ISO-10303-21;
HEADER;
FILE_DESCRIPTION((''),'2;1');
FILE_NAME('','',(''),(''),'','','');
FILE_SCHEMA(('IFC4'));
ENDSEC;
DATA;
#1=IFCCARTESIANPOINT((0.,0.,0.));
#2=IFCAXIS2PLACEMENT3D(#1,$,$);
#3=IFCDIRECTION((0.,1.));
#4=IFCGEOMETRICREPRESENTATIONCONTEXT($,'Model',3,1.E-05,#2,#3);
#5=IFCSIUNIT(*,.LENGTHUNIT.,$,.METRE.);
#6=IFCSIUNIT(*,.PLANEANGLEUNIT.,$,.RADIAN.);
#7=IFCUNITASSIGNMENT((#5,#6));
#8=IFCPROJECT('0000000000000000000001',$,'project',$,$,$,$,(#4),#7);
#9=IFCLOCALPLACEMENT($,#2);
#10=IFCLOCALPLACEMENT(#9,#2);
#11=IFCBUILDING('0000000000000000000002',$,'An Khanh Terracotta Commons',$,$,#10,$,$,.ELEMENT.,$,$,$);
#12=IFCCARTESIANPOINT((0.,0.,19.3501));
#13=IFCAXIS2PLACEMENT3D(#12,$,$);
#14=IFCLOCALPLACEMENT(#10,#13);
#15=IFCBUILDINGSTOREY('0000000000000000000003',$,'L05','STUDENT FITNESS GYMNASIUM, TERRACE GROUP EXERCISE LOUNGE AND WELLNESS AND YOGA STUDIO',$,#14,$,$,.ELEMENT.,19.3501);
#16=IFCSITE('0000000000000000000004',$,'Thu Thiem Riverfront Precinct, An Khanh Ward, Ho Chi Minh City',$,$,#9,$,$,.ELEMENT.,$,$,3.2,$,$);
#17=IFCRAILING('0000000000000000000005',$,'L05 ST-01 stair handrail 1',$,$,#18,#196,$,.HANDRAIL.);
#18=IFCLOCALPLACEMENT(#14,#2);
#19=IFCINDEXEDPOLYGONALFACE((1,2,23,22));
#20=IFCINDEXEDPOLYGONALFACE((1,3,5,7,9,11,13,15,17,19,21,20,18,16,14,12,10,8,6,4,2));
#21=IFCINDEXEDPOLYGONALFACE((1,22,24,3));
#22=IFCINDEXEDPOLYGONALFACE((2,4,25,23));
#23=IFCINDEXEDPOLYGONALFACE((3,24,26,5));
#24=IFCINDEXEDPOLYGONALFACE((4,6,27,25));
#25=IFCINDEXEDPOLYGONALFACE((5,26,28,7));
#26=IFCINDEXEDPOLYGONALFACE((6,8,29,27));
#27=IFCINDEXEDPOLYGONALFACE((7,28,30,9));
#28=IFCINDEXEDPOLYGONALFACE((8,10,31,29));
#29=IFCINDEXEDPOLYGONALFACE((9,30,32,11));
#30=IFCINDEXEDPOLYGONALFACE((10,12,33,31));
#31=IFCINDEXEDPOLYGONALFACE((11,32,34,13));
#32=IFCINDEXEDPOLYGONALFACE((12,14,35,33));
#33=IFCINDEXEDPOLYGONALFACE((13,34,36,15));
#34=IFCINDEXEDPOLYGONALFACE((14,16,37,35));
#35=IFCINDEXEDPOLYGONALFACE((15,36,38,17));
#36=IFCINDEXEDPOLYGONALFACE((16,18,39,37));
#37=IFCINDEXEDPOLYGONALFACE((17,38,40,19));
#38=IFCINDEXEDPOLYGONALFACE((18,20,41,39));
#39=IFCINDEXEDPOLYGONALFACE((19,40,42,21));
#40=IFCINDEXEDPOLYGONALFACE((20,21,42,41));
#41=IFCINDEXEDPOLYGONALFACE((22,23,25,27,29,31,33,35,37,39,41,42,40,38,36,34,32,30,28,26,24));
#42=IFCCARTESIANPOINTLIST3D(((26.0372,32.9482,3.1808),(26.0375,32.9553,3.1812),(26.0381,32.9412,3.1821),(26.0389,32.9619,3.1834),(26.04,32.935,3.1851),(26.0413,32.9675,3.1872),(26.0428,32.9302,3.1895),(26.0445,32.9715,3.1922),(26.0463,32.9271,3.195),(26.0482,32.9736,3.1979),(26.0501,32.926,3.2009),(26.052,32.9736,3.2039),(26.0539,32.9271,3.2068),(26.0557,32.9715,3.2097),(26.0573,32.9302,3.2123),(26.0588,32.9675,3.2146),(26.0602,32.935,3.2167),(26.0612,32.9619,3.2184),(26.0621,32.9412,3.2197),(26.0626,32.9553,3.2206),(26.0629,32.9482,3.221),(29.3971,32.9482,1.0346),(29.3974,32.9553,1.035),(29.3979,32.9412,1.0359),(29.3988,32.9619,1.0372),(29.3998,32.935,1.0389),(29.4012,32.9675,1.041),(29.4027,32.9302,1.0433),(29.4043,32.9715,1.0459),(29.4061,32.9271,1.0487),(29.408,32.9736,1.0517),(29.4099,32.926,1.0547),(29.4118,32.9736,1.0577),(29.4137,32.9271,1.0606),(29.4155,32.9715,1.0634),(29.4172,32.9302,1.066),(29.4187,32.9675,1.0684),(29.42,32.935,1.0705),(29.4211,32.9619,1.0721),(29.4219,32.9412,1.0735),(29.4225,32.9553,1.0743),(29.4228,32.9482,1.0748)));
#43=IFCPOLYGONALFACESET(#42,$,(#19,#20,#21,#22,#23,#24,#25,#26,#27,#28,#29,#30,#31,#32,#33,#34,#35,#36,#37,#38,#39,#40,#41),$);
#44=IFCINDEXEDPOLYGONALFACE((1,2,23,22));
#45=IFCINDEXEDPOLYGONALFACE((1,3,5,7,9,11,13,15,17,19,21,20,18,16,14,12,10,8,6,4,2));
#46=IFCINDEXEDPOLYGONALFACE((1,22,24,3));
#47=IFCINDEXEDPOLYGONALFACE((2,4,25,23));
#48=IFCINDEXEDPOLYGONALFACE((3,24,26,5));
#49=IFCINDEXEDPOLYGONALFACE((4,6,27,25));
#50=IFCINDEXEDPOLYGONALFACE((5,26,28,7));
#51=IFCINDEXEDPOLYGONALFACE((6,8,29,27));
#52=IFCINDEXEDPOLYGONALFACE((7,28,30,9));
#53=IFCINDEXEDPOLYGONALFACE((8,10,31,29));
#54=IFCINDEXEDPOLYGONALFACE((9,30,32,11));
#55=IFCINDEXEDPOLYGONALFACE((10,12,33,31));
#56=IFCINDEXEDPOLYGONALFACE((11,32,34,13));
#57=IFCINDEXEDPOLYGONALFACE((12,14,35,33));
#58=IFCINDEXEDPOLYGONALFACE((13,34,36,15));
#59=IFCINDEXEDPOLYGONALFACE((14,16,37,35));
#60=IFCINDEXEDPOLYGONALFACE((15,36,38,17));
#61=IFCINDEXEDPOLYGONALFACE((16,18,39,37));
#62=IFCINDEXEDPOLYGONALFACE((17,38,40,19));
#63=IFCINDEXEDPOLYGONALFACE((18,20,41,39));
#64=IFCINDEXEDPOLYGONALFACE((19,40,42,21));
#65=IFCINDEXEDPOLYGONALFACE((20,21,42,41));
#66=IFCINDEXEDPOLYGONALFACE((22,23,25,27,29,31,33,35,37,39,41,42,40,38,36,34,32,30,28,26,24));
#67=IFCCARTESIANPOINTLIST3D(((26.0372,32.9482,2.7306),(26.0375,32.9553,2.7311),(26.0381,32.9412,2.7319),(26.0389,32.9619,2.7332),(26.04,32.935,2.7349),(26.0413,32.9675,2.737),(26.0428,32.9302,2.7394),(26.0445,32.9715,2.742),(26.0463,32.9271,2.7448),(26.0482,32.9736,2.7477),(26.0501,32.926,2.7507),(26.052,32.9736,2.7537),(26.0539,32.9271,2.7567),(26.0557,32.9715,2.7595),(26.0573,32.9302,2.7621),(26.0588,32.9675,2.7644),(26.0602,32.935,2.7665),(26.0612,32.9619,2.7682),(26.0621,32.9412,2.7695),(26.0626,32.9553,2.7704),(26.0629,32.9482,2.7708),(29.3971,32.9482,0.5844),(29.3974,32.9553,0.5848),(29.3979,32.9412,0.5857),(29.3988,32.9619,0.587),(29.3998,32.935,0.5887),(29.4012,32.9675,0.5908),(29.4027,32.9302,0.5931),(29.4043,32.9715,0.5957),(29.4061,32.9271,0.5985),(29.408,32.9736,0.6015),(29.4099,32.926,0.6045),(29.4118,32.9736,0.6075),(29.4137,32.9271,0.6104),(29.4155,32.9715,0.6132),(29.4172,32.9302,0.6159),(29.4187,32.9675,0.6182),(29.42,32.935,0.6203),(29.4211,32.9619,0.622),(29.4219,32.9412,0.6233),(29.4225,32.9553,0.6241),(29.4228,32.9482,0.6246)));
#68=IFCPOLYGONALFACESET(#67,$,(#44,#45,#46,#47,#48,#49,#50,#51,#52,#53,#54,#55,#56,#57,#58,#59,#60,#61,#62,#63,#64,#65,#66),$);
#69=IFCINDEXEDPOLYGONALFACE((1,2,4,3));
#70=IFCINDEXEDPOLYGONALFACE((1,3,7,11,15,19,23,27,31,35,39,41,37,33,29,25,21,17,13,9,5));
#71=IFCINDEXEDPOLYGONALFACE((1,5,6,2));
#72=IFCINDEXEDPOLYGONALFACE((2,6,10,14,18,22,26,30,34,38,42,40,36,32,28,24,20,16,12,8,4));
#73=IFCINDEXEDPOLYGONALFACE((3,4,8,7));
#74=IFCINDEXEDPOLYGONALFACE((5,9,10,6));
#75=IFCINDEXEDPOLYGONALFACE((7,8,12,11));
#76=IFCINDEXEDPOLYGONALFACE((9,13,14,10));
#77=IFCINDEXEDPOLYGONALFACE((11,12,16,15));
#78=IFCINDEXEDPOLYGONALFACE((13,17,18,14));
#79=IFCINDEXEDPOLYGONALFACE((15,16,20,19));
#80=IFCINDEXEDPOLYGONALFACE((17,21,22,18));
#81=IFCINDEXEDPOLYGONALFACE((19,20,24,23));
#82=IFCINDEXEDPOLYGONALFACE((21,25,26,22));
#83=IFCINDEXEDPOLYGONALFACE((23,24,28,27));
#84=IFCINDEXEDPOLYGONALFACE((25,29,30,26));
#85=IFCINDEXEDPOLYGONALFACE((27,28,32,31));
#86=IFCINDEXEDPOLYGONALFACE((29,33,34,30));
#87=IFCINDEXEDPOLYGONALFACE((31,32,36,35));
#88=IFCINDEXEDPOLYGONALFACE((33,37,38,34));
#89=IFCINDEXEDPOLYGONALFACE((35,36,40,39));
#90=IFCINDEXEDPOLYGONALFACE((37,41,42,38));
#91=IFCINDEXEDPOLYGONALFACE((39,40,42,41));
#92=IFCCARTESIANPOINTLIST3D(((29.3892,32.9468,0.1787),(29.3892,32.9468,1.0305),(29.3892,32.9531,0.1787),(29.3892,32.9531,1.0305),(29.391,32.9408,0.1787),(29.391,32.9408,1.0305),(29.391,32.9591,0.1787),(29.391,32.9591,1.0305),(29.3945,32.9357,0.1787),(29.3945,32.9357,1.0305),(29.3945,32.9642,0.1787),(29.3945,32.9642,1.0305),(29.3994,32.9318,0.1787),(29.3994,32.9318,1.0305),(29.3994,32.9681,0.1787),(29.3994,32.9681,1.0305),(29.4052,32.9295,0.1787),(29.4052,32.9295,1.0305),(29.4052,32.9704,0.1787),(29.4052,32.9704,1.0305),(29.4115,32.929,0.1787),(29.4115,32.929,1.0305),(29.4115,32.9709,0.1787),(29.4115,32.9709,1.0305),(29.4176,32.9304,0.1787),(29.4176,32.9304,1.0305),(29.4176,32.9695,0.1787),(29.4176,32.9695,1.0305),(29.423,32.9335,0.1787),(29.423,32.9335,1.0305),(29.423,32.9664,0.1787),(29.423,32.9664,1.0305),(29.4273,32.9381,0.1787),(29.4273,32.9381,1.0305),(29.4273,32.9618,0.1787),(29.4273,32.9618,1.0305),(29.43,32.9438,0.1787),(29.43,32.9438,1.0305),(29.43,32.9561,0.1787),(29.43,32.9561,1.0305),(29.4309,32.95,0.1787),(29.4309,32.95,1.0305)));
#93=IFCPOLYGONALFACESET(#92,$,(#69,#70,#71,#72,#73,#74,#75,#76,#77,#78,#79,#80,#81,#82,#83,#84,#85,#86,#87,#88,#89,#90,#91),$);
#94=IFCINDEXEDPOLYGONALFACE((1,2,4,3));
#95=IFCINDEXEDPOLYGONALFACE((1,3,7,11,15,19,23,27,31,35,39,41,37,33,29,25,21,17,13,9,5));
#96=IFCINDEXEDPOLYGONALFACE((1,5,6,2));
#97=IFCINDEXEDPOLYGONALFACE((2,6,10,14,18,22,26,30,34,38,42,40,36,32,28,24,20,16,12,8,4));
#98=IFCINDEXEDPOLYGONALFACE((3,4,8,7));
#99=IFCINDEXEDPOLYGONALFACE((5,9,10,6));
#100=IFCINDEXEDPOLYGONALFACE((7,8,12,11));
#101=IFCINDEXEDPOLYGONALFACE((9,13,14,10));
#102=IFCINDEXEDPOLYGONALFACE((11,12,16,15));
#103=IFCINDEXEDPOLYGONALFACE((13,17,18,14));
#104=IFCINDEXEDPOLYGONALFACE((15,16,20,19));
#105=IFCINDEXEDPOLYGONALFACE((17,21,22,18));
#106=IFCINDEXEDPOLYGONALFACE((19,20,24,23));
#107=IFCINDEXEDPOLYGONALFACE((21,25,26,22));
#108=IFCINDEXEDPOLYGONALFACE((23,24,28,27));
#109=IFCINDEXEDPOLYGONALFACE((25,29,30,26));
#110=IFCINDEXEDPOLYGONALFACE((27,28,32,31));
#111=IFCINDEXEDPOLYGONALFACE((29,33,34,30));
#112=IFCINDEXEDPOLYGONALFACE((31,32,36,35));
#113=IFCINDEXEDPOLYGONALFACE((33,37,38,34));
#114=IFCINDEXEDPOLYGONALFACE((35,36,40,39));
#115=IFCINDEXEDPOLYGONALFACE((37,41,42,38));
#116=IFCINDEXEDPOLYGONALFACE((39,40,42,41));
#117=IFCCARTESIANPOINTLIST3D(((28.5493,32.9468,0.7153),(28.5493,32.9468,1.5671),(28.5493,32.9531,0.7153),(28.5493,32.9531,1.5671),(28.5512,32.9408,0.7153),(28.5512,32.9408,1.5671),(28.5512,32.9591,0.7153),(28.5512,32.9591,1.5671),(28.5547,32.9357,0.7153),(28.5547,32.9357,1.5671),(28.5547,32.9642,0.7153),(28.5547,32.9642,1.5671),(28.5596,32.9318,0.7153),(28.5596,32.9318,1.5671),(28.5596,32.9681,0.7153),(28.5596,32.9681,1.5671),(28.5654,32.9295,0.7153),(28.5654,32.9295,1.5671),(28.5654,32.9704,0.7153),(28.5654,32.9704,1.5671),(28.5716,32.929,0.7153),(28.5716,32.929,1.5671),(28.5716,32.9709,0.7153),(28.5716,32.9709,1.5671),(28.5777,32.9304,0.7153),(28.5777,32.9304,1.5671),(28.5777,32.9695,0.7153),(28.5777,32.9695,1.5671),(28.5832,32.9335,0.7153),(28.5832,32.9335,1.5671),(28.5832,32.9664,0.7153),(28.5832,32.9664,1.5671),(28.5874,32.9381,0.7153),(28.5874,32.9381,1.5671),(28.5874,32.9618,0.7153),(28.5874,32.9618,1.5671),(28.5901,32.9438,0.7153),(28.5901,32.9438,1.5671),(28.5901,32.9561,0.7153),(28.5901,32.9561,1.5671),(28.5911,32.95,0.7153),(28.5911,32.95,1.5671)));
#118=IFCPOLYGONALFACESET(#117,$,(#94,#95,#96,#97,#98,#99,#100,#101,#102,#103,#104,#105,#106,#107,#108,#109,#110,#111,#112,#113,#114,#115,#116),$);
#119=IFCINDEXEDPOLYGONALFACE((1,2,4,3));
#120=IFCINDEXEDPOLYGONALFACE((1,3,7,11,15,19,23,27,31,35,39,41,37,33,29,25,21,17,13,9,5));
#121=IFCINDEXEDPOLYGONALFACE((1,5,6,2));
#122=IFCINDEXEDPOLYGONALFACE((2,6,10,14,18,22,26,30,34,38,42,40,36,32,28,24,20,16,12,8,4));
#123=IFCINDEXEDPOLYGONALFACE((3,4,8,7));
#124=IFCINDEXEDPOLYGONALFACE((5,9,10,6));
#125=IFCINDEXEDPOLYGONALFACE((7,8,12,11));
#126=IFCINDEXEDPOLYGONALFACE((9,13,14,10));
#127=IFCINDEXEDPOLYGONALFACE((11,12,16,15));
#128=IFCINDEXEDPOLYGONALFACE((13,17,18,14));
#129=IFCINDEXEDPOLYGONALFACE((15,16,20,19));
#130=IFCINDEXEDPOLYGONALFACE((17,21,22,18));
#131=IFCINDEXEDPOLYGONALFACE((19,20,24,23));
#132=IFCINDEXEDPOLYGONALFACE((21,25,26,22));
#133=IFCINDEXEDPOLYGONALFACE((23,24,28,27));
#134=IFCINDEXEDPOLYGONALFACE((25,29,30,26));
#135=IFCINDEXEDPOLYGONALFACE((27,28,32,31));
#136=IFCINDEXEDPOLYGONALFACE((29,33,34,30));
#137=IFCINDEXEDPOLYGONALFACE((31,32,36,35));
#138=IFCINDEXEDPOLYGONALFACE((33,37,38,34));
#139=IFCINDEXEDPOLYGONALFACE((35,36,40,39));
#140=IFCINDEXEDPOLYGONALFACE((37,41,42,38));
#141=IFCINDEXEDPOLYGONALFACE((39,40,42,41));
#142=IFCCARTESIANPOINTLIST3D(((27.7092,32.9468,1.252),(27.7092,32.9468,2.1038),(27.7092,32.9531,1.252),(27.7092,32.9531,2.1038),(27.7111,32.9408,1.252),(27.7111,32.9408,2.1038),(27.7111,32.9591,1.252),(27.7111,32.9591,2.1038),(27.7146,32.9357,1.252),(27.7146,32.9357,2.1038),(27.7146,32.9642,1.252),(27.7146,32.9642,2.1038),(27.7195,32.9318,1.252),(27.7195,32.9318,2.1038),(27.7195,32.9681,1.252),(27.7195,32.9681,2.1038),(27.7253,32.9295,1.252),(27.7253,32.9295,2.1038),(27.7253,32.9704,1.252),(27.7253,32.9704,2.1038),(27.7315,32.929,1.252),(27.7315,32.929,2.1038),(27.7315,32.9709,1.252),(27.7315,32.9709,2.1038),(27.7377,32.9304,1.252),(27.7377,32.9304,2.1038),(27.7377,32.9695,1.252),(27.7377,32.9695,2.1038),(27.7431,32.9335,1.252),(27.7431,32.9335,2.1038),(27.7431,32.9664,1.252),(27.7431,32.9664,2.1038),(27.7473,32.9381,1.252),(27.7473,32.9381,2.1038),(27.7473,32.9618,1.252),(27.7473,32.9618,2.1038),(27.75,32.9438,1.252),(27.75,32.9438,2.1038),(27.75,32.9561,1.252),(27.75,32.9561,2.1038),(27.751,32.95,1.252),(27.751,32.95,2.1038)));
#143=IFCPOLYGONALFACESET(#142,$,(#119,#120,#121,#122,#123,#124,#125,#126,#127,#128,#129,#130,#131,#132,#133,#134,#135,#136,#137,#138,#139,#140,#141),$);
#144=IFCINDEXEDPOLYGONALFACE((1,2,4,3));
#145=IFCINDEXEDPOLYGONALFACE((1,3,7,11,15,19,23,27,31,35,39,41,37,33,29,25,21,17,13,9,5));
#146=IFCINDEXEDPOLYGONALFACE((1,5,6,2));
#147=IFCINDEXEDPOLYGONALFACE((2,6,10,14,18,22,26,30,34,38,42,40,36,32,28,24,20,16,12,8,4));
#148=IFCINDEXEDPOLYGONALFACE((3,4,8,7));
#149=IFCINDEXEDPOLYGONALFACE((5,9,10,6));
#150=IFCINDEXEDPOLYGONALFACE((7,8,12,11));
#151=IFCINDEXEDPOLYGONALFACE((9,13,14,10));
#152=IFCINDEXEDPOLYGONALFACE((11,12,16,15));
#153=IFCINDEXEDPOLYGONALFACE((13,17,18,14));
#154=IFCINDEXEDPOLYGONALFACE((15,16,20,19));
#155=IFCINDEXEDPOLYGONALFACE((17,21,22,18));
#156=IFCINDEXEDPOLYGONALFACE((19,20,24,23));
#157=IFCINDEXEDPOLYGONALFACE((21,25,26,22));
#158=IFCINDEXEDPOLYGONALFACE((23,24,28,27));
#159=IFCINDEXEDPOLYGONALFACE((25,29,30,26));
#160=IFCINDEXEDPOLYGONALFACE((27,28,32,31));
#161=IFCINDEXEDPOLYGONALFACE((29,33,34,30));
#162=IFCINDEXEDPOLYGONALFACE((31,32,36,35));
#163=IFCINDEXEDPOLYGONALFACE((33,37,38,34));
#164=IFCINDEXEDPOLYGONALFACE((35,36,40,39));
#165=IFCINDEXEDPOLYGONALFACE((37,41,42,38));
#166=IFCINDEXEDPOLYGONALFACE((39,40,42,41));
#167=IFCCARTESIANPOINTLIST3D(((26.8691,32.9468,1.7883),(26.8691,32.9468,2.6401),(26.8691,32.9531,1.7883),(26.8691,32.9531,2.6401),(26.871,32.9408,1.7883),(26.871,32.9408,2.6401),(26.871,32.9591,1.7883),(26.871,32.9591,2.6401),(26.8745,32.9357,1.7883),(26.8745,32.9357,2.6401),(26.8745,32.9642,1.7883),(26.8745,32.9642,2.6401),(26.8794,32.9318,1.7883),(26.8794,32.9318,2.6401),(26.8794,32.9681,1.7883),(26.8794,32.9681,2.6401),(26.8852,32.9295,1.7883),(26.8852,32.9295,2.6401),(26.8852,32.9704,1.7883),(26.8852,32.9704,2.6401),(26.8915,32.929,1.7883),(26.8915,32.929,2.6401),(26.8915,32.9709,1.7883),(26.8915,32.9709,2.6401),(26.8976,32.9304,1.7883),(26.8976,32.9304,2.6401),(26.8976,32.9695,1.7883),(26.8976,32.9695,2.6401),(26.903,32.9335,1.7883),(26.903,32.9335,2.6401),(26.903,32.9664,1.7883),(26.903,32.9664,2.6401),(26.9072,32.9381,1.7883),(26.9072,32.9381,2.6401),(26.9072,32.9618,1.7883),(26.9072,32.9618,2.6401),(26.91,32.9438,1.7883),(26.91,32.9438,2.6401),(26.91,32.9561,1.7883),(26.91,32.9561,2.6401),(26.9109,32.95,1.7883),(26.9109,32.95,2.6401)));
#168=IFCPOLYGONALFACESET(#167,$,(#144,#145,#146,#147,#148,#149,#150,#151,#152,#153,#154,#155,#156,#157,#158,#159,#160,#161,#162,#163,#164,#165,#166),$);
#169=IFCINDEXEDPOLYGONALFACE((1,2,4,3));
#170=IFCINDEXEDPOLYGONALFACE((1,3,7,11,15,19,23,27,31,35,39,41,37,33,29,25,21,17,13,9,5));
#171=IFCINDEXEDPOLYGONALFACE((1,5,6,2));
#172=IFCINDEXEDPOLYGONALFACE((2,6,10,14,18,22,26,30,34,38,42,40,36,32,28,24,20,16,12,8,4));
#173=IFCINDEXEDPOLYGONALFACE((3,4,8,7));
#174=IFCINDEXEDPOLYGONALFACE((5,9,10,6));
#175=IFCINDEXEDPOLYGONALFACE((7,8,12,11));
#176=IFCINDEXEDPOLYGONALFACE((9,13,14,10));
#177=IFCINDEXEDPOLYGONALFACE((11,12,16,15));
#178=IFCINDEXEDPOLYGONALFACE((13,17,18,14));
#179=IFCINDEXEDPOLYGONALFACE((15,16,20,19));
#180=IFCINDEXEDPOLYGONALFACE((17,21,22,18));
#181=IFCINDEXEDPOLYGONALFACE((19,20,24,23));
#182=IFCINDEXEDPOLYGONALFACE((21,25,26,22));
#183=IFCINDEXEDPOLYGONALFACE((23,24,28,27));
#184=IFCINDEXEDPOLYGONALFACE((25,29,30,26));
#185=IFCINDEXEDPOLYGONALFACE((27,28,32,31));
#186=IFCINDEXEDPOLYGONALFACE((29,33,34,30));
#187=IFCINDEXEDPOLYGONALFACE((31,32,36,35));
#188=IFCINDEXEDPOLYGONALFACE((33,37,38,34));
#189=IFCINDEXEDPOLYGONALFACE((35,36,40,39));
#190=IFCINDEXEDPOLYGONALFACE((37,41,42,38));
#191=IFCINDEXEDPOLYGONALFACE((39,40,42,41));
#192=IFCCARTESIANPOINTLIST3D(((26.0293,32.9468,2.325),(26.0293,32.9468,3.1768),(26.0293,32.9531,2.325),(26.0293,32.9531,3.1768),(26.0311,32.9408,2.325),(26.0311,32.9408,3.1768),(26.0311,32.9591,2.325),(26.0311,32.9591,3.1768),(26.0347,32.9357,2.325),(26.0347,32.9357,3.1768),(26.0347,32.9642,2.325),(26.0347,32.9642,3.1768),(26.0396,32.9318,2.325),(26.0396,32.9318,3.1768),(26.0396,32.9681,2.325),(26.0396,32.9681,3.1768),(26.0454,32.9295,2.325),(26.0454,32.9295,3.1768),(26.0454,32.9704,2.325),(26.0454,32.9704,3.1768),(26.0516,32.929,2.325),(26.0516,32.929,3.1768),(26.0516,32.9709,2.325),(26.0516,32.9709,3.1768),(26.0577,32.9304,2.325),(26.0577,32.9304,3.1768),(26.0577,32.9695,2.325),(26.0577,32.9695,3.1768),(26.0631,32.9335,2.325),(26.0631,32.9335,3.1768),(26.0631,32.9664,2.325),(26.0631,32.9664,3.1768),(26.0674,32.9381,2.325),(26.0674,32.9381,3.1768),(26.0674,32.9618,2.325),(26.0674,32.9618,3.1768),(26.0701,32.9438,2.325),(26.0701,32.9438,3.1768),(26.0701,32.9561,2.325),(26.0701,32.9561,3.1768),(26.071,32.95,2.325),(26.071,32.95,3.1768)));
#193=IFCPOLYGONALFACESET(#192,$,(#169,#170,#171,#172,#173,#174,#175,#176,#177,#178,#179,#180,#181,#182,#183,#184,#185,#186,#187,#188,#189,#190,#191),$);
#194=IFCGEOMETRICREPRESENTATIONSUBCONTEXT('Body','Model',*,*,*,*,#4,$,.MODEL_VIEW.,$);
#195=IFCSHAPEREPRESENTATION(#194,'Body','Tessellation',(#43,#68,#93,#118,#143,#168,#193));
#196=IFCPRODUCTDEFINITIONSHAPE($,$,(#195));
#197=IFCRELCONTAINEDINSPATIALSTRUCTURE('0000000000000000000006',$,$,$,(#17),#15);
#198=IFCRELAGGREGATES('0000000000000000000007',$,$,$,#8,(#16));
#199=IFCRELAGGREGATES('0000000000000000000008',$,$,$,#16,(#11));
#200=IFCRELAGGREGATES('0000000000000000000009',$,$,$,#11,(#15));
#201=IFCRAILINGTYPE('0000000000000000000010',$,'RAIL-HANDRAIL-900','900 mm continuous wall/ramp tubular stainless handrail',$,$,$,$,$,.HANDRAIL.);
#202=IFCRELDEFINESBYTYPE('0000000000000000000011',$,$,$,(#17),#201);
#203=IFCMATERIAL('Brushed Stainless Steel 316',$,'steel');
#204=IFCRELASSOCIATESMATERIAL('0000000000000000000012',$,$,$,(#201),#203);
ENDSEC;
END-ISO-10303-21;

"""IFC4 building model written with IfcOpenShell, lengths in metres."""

from ifc_helpers import new_model, si_unit, direction, frame, origin, origin_2d, place, context, subcontext, project, spatial, circle, extrude, material, type_object, element, save


model = new_model("IFC4")

# Units and contexts
model_context = context("Model", 3, precision=1e-05, world=origin(), true_north=direction((0.0, 1.0)))
body_context = subcontext(model_context, "Body", "Model", "MODEL_VIEW")
ifc_project = project(units=[si_unit("LENGTHUNIT", "METRE"), si_unit("PLANEANGLEUNIT", "RADIAN")], contexts=[model_context])

# Site, building, storey
site_placement = place(None, origin())
site = spatial("IfcSite", under=ifc_project, at=site_placement, Name="Thu Thiem Riverfront Precinct, An Khanh Ward, Ho Chi Minh City", CompositionType="ELEMENT", RefElevation=3.2)
building_placement = place(site_placement, origin())
building = spatial("IfcBuilding", under=site, at=building_placement, Name="An Khanh Terracotta Commons", CompositionType="ELEMENT")
storey_placement = place(building_placement, frame((0.0, 0.0, 19.3501)))
storey = spatial("IfcBuildingStorey", under=building, at=storey_placement, Name="L05", Description="STUDENT FITNESS GYMNASIUM, TERRACE GROUP EXERCISE LOUNGE AND WELLNESS AND YOGA STUDIO", CompositionType="ELEMENT", Elevation=19.3501)

# Railing
ifc_material_1 = material(Name="Brushed Stainless Steel 316", Category="steel")
railing_type_1 = type_object("IfcRailingType", Name="RAIL-HANDRAIL-900", Description="900 mm continuous wall/ramp tubular stainless handrail", PredefinedType="HANDRAIL", material=ifc_material_1)
railing_1_placement = place(storey_placement, frame((29.4099, 32.95, 0.1787)))
element("IfcRailing", 1, at=railing_1_placement, inside=storey, type_object=railing_type_1, Name="L05 ST-01 stair handrail 1", PredefinedType="HANDRAIL", context=body_context, shape_type="SweptSolid", body=[
    extrude(circle(Radius=0.0239, at=origin_2d()), frame((0.0, 0.0, 0.876), z_axis=(-0.842735, 0.0, 0.538329), x_axis=(0.0, -1.0, 0.0)), (0.0, 0.0, 1.0), 3.9868),
    extrude(circle(Radius=0.0239, at=origin_2d()), frame((0.0, 0.0, 0.4258), z_axis=(-0.842735, 0.0, 0.538329), x_axis=(0.0, -1.0, 0.0)), (0.0, 0.0, 1.0), 3.9868),
    extrude(circle(Radius=0.021, at=origin_2d()), origin(), (0.0, 0.0, 1.0), 0.8518),
    extrude(circle(Radius=0.021, at=origin_2d()), frame((-0.8398, 0.0, 0.5366)), (0.0, 0.0, 1.0), 0.8518),
    extrude(circle(Radius=0.021, at=origin_2d()), frame((-1.6799, 0.0, 1.0732)), (0.0, 0.0, 1.0), 0.8518),
    extrude(circle(Radius=0.021, at=origin_2d()), frame((-2.52, 0.0, 1.6096)), (0.0, 0.0, 1.0), 0.8518),
    extrude(circle(Radius=0.021, at=origin_2d()), frame((-3.3599, 0.0, 2.1462)), (0.0, 0.0, 1.0), 0.8518),
])

save(model, "model.ifc")
